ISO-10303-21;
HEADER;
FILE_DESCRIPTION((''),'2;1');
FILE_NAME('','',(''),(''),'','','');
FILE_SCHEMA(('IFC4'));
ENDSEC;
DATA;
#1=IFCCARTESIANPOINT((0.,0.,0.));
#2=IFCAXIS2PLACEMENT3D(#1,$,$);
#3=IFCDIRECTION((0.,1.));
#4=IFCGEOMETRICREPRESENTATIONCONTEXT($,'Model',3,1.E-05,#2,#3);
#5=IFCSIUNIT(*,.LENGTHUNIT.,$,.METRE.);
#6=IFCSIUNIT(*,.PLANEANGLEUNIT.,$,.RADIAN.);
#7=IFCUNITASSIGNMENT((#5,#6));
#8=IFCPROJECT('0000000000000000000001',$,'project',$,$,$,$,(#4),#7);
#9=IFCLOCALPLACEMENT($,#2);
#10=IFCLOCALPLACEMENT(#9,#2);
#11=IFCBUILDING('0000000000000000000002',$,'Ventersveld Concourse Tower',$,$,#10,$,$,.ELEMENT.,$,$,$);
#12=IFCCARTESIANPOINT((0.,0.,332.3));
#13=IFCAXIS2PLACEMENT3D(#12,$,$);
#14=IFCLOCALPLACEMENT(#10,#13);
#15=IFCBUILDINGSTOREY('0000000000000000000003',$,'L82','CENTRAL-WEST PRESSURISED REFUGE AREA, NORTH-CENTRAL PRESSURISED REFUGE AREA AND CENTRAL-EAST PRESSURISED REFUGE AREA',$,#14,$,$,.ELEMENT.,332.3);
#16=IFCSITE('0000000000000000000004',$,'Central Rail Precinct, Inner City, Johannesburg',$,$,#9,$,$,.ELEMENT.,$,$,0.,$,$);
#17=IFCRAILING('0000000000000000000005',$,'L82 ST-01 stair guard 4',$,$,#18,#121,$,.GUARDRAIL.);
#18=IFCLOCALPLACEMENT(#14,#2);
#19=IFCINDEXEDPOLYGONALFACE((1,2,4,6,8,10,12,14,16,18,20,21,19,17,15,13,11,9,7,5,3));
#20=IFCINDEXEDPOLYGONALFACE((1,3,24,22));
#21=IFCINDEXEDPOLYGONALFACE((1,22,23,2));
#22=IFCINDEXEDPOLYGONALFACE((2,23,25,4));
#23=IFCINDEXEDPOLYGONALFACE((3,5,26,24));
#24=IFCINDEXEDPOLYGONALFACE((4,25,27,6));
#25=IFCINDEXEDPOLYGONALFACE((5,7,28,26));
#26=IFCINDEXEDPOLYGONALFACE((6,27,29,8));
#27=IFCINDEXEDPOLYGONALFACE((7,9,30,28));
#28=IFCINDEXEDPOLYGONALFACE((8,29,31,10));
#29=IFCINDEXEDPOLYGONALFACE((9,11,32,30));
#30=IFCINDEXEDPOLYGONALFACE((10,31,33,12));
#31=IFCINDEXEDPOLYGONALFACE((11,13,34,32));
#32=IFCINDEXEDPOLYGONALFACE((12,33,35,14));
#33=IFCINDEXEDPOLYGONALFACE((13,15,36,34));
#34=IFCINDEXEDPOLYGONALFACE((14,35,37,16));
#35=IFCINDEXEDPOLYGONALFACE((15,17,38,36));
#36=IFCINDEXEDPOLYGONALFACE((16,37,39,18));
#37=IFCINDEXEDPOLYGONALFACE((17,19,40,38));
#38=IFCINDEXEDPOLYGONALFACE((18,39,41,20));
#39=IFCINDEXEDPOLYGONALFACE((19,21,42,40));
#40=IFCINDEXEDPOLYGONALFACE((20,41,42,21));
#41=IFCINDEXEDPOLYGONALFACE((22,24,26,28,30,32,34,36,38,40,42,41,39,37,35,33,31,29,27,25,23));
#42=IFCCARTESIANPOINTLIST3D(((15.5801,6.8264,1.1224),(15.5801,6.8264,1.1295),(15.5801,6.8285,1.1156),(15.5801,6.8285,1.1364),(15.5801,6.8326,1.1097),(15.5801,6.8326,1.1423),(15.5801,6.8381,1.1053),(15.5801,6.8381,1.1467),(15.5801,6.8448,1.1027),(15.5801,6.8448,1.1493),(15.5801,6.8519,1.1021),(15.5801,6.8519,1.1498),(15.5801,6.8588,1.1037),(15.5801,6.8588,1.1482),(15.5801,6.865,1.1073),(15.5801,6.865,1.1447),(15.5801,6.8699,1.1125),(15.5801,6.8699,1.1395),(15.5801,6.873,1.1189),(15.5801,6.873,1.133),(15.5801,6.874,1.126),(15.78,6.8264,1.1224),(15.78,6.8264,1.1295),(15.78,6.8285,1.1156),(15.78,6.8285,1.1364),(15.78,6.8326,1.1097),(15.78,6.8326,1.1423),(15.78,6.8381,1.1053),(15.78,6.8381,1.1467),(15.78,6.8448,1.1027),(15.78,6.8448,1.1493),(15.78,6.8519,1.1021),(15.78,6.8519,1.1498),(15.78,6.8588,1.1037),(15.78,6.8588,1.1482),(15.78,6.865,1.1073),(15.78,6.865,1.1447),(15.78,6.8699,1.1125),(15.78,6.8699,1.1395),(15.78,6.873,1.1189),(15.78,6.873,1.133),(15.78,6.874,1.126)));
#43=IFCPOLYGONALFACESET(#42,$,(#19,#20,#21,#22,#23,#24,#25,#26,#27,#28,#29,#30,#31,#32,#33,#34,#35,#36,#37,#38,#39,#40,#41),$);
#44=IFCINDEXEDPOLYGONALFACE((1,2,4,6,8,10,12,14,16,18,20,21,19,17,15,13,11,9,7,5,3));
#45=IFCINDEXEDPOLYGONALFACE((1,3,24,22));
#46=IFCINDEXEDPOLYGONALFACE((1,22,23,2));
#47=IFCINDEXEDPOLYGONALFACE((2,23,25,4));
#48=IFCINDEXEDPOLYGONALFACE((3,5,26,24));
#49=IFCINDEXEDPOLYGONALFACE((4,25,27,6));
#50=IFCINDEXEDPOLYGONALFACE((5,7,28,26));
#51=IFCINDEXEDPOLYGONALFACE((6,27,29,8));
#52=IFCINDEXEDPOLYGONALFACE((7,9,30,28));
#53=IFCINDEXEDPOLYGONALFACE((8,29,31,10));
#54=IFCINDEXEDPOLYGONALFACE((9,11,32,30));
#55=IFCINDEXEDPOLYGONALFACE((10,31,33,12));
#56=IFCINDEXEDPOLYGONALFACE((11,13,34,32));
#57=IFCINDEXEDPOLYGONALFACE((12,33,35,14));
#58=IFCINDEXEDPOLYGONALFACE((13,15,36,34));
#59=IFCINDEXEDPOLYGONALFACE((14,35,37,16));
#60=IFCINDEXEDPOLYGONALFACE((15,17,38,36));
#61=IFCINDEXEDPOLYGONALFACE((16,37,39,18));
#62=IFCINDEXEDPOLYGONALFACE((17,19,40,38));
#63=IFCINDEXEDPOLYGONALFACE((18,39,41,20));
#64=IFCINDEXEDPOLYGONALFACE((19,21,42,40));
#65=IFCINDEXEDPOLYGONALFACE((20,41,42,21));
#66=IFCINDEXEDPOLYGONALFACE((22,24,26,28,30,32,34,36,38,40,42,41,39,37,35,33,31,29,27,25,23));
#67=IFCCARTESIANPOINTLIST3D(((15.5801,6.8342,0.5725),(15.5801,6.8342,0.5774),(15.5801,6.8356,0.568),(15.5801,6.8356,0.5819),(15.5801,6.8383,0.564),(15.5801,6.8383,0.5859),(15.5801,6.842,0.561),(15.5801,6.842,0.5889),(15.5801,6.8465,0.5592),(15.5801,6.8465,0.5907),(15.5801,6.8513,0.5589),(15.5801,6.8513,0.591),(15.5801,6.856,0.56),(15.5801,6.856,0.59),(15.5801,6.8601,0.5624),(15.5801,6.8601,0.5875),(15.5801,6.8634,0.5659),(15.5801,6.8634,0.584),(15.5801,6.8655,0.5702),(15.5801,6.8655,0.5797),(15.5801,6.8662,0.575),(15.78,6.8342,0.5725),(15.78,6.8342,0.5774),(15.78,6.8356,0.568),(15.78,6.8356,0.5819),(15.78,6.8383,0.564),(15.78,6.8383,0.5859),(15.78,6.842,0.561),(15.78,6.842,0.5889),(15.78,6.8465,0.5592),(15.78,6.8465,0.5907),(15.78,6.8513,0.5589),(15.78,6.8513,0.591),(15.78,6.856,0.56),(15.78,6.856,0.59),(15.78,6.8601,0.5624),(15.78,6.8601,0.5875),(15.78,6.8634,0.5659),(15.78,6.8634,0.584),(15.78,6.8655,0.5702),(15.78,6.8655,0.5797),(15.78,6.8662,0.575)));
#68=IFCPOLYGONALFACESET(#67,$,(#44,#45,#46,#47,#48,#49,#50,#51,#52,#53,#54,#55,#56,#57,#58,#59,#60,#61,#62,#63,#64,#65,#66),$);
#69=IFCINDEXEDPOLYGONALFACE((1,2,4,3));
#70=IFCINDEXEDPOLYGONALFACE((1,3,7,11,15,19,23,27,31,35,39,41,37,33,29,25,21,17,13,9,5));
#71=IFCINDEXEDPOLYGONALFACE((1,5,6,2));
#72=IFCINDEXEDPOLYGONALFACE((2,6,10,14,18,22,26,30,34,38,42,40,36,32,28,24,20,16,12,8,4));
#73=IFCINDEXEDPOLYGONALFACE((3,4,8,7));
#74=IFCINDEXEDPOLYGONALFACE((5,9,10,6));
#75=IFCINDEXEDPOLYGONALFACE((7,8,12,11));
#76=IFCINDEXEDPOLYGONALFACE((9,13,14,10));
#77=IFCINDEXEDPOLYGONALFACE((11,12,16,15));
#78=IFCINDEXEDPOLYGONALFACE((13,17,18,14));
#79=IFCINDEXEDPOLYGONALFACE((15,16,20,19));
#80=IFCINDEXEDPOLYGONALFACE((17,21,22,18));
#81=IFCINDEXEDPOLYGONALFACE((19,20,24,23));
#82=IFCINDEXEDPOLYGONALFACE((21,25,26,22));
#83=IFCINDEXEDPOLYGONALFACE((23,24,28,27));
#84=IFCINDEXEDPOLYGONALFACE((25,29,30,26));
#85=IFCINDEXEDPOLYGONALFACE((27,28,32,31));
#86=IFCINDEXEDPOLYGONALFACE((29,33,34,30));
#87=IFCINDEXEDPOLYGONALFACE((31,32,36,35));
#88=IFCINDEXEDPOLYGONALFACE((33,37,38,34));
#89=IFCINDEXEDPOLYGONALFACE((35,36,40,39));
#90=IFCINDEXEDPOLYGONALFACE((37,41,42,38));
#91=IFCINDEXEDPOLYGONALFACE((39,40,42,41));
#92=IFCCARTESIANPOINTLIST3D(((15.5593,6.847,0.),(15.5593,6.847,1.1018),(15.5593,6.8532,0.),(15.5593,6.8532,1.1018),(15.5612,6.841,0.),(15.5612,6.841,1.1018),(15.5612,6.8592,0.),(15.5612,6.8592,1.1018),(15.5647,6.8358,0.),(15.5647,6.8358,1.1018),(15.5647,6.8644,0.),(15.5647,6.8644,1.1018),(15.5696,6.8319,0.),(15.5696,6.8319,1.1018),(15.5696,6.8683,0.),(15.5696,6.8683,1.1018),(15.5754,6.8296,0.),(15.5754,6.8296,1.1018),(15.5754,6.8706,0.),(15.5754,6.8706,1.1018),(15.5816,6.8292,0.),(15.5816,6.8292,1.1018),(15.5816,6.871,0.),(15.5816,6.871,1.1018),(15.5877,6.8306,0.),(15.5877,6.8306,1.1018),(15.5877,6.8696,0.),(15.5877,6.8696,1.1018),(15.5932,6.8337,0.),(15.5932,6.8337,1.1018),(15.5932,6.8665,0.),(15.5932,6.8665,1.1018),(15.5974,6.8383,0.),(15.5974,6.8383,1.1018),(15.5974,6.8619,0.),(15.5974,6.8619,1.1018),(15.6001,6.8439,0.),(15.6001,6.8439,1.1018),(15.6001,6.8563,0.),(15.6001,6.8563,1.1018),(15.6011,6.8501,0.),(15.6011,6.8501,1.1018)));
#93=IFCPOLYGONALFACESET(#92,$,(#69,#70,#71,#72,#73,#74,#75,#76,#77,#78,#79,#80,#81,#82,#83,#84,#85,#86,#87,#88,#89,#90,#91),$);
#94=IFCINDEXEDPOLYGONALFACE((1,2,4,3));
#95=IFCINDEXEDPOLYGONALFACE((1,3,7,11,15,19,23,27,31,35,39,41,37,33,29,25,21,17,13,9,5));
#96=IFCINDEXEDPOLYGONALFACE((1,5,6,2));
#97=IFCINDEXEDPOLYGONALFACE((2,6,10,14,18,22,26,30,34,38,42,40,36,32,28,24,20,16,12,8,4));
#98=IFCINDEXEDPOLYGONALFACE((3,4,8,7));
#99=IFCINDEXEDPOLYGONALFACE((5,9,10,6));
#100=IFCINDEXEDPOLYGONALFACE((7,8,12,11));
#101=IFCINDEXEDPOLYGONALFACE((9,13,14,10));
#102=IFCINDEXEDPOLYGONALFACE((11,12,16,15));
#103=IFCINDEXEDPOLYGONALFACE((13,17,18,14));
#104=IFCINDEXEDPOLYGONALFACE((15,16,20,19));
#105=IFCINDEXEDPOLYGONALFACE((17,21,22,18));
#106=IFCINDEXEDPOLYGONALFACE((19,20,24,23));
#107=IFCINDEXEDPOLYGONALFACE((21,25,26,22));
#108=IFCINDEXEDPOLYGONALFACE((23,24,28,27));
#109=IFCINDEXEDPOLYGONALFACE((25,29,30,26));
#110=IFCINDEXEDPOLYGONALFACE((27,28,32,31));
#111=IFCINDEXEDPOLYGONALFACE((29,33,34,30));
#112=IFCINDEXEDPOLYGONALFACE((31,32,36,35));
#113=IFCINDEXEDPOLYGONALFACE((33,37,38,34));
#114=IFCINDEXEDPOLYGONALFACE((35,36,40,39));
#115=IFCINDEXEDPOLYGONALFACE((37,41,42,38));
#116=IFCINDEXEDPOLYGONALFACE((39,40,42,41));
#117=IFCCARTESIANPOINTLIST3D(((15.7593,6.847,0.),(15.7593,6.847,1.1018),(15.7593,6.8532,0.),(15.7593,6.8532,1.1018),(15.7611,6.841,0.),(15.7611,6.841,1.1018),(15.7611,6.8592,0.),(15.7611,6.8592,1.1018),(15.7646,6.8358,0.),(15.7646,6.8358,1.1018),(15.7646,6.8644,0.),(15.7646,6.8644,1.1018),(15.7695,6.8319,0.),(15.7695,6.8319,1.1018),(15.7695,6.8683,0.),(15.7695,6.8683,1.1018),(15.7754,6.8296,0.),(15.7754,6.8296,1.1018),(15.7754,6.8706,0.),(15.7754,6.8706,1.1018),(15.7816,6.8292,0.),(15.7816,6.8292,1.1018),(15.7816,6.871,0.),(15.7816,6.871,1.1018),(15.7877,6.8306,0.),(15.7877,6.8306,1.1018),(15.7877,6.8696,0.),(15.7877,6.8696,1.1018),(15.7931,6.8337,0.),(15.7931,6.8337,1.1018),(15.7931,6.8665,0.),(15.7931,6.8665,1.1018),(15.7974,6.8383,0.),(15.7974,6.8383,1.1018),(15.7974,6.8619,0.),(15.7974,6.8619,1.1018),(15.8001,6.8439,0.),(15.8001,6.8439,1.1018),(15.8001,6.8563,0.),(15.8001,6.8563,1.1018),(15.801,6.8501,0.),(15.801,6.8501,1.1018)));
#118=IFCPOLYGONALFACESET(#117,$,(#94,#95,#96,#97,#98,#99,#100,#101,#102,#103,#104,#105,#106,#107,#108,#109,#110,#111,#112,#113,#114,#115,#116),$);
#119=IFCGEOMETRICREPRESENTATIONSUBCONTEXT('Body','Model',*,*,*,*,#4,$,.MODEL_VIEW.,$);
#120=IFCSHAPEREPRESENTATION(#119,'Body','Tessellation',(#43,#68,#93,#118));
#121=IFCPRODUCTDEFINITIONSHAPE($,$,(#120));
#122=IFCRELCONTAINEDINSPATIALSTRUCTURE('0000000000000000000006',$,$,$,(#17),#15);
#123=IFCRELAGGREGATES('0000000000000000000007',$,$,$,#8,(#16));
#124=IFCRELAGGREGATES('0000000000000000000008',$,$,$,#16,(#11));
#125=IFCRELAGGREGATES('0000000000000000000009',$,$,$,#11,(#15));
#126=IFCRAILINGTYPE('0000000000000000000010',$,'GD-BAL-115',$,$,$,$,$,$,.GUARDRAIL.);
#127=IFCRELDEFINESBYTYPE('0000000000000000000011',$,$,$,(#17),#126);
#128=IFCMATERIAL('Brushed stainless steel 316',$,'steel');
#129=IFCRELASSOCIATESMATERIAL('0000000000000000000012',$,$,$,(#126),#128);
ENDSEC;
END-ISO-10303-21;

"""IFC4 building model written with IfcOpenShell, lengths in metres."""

from ifc_helpers import new_model, si_unit, direction, frame, origin, origin_2d, place, context, subcontext, project, spatial, circle, extrude, material, type_object, element, save


model = new_model("IFC4")

# Units and contexts
model_context = context("Model", 3, precision=1e-05, world=origin(), true_north=direction((0.0, 1.0)))
body_context = subcontext(model_context, "Body", "Model", "MODEL_VIEW")
ifc_project = project(units=[si_unit("LENGTHUNIT", "METRE"), si_unit("PLANEANGLEUNIT", "RADIAN")], contexts=[model_context])

# Site, building, storey
site_placement = place(None, origin())
site = spatial("IfcSite", under=ifc_project, at=site_placement, Name="Central Rail Precinct, Inner City, Johannesburg", CompositionType="ELEMENT", RefElevation=0.0)
building_placement = place(site_placement, origin())
building = spatial("IfcBuilding", under=site, at=building_placement, Name="Ventersveld Concourse Tower", CompositionType="ELEMENT")
storey_placement = place(building_placement, frame((0.0, 0.0, 332.3)))
storey = spatial("IfcBuildingStorey", under=building, at=storey_placement, Name="L82", Description="CENTRAL-WEST PRESSURISED REFUGE AREA, NORTH-CENTRAL PRESSURISED REFUGE AREA AND CENTRAL-EAST PRESSURISED REFUGE AREA", CompositionType="ELEMENT", Elevation=332.3)

# Shared definitions
ifc_material_1 = material(Name="Brushed stainless steel 316", Category="steel")

# Railing
railing_type_1 = type_object("IfcRailingType", Name="GD-BAL-115", PredefinedType="GUARDRAIL", material=ifc_material_1)
railing_1_placement = place(storey_placement, frame((15.5801, 6.8501, 0.0)))
element("IfcRailing", 1, at=railing_1_placement, inside=storey, type_object=railing_type_1, Name="L82 ST-01 stair guard 4", PredefinedType="GUARDRAIL", context=body_context, shape_type="SweptSolid", body=[
    extrude(circle(Radius=0.0239, at=origin_2d()), frame((0.0, 0.0, 1.126), z_axis=(1.0, 0.0, 0.0), x_axis=(0.0, 1.0, 0.0)), (0.0, 0.0, 1.0), 0.2),
    extrude(circle(Radius=0.0161, at=origin_2d()), frame((0.0, 0.0, 0.575), z_axis=(1.0, 0.0, 0.0), x_axis=(0.0, 1.0, 0.0)), (0.0, 0.0, 1.0), 0.2),
    extrude(circle(Radius=0.021, at=origin_2d()), origin(), (0.0, 0.0, 1.0), 1.1018),
    extrude(circle(Radius=0.021, at=origin_2d()), frame((0.2, 0.0, 0.0)), (0.0, 0.0, 1.0), 1.1018),
])

save(model, "model.ifc")
